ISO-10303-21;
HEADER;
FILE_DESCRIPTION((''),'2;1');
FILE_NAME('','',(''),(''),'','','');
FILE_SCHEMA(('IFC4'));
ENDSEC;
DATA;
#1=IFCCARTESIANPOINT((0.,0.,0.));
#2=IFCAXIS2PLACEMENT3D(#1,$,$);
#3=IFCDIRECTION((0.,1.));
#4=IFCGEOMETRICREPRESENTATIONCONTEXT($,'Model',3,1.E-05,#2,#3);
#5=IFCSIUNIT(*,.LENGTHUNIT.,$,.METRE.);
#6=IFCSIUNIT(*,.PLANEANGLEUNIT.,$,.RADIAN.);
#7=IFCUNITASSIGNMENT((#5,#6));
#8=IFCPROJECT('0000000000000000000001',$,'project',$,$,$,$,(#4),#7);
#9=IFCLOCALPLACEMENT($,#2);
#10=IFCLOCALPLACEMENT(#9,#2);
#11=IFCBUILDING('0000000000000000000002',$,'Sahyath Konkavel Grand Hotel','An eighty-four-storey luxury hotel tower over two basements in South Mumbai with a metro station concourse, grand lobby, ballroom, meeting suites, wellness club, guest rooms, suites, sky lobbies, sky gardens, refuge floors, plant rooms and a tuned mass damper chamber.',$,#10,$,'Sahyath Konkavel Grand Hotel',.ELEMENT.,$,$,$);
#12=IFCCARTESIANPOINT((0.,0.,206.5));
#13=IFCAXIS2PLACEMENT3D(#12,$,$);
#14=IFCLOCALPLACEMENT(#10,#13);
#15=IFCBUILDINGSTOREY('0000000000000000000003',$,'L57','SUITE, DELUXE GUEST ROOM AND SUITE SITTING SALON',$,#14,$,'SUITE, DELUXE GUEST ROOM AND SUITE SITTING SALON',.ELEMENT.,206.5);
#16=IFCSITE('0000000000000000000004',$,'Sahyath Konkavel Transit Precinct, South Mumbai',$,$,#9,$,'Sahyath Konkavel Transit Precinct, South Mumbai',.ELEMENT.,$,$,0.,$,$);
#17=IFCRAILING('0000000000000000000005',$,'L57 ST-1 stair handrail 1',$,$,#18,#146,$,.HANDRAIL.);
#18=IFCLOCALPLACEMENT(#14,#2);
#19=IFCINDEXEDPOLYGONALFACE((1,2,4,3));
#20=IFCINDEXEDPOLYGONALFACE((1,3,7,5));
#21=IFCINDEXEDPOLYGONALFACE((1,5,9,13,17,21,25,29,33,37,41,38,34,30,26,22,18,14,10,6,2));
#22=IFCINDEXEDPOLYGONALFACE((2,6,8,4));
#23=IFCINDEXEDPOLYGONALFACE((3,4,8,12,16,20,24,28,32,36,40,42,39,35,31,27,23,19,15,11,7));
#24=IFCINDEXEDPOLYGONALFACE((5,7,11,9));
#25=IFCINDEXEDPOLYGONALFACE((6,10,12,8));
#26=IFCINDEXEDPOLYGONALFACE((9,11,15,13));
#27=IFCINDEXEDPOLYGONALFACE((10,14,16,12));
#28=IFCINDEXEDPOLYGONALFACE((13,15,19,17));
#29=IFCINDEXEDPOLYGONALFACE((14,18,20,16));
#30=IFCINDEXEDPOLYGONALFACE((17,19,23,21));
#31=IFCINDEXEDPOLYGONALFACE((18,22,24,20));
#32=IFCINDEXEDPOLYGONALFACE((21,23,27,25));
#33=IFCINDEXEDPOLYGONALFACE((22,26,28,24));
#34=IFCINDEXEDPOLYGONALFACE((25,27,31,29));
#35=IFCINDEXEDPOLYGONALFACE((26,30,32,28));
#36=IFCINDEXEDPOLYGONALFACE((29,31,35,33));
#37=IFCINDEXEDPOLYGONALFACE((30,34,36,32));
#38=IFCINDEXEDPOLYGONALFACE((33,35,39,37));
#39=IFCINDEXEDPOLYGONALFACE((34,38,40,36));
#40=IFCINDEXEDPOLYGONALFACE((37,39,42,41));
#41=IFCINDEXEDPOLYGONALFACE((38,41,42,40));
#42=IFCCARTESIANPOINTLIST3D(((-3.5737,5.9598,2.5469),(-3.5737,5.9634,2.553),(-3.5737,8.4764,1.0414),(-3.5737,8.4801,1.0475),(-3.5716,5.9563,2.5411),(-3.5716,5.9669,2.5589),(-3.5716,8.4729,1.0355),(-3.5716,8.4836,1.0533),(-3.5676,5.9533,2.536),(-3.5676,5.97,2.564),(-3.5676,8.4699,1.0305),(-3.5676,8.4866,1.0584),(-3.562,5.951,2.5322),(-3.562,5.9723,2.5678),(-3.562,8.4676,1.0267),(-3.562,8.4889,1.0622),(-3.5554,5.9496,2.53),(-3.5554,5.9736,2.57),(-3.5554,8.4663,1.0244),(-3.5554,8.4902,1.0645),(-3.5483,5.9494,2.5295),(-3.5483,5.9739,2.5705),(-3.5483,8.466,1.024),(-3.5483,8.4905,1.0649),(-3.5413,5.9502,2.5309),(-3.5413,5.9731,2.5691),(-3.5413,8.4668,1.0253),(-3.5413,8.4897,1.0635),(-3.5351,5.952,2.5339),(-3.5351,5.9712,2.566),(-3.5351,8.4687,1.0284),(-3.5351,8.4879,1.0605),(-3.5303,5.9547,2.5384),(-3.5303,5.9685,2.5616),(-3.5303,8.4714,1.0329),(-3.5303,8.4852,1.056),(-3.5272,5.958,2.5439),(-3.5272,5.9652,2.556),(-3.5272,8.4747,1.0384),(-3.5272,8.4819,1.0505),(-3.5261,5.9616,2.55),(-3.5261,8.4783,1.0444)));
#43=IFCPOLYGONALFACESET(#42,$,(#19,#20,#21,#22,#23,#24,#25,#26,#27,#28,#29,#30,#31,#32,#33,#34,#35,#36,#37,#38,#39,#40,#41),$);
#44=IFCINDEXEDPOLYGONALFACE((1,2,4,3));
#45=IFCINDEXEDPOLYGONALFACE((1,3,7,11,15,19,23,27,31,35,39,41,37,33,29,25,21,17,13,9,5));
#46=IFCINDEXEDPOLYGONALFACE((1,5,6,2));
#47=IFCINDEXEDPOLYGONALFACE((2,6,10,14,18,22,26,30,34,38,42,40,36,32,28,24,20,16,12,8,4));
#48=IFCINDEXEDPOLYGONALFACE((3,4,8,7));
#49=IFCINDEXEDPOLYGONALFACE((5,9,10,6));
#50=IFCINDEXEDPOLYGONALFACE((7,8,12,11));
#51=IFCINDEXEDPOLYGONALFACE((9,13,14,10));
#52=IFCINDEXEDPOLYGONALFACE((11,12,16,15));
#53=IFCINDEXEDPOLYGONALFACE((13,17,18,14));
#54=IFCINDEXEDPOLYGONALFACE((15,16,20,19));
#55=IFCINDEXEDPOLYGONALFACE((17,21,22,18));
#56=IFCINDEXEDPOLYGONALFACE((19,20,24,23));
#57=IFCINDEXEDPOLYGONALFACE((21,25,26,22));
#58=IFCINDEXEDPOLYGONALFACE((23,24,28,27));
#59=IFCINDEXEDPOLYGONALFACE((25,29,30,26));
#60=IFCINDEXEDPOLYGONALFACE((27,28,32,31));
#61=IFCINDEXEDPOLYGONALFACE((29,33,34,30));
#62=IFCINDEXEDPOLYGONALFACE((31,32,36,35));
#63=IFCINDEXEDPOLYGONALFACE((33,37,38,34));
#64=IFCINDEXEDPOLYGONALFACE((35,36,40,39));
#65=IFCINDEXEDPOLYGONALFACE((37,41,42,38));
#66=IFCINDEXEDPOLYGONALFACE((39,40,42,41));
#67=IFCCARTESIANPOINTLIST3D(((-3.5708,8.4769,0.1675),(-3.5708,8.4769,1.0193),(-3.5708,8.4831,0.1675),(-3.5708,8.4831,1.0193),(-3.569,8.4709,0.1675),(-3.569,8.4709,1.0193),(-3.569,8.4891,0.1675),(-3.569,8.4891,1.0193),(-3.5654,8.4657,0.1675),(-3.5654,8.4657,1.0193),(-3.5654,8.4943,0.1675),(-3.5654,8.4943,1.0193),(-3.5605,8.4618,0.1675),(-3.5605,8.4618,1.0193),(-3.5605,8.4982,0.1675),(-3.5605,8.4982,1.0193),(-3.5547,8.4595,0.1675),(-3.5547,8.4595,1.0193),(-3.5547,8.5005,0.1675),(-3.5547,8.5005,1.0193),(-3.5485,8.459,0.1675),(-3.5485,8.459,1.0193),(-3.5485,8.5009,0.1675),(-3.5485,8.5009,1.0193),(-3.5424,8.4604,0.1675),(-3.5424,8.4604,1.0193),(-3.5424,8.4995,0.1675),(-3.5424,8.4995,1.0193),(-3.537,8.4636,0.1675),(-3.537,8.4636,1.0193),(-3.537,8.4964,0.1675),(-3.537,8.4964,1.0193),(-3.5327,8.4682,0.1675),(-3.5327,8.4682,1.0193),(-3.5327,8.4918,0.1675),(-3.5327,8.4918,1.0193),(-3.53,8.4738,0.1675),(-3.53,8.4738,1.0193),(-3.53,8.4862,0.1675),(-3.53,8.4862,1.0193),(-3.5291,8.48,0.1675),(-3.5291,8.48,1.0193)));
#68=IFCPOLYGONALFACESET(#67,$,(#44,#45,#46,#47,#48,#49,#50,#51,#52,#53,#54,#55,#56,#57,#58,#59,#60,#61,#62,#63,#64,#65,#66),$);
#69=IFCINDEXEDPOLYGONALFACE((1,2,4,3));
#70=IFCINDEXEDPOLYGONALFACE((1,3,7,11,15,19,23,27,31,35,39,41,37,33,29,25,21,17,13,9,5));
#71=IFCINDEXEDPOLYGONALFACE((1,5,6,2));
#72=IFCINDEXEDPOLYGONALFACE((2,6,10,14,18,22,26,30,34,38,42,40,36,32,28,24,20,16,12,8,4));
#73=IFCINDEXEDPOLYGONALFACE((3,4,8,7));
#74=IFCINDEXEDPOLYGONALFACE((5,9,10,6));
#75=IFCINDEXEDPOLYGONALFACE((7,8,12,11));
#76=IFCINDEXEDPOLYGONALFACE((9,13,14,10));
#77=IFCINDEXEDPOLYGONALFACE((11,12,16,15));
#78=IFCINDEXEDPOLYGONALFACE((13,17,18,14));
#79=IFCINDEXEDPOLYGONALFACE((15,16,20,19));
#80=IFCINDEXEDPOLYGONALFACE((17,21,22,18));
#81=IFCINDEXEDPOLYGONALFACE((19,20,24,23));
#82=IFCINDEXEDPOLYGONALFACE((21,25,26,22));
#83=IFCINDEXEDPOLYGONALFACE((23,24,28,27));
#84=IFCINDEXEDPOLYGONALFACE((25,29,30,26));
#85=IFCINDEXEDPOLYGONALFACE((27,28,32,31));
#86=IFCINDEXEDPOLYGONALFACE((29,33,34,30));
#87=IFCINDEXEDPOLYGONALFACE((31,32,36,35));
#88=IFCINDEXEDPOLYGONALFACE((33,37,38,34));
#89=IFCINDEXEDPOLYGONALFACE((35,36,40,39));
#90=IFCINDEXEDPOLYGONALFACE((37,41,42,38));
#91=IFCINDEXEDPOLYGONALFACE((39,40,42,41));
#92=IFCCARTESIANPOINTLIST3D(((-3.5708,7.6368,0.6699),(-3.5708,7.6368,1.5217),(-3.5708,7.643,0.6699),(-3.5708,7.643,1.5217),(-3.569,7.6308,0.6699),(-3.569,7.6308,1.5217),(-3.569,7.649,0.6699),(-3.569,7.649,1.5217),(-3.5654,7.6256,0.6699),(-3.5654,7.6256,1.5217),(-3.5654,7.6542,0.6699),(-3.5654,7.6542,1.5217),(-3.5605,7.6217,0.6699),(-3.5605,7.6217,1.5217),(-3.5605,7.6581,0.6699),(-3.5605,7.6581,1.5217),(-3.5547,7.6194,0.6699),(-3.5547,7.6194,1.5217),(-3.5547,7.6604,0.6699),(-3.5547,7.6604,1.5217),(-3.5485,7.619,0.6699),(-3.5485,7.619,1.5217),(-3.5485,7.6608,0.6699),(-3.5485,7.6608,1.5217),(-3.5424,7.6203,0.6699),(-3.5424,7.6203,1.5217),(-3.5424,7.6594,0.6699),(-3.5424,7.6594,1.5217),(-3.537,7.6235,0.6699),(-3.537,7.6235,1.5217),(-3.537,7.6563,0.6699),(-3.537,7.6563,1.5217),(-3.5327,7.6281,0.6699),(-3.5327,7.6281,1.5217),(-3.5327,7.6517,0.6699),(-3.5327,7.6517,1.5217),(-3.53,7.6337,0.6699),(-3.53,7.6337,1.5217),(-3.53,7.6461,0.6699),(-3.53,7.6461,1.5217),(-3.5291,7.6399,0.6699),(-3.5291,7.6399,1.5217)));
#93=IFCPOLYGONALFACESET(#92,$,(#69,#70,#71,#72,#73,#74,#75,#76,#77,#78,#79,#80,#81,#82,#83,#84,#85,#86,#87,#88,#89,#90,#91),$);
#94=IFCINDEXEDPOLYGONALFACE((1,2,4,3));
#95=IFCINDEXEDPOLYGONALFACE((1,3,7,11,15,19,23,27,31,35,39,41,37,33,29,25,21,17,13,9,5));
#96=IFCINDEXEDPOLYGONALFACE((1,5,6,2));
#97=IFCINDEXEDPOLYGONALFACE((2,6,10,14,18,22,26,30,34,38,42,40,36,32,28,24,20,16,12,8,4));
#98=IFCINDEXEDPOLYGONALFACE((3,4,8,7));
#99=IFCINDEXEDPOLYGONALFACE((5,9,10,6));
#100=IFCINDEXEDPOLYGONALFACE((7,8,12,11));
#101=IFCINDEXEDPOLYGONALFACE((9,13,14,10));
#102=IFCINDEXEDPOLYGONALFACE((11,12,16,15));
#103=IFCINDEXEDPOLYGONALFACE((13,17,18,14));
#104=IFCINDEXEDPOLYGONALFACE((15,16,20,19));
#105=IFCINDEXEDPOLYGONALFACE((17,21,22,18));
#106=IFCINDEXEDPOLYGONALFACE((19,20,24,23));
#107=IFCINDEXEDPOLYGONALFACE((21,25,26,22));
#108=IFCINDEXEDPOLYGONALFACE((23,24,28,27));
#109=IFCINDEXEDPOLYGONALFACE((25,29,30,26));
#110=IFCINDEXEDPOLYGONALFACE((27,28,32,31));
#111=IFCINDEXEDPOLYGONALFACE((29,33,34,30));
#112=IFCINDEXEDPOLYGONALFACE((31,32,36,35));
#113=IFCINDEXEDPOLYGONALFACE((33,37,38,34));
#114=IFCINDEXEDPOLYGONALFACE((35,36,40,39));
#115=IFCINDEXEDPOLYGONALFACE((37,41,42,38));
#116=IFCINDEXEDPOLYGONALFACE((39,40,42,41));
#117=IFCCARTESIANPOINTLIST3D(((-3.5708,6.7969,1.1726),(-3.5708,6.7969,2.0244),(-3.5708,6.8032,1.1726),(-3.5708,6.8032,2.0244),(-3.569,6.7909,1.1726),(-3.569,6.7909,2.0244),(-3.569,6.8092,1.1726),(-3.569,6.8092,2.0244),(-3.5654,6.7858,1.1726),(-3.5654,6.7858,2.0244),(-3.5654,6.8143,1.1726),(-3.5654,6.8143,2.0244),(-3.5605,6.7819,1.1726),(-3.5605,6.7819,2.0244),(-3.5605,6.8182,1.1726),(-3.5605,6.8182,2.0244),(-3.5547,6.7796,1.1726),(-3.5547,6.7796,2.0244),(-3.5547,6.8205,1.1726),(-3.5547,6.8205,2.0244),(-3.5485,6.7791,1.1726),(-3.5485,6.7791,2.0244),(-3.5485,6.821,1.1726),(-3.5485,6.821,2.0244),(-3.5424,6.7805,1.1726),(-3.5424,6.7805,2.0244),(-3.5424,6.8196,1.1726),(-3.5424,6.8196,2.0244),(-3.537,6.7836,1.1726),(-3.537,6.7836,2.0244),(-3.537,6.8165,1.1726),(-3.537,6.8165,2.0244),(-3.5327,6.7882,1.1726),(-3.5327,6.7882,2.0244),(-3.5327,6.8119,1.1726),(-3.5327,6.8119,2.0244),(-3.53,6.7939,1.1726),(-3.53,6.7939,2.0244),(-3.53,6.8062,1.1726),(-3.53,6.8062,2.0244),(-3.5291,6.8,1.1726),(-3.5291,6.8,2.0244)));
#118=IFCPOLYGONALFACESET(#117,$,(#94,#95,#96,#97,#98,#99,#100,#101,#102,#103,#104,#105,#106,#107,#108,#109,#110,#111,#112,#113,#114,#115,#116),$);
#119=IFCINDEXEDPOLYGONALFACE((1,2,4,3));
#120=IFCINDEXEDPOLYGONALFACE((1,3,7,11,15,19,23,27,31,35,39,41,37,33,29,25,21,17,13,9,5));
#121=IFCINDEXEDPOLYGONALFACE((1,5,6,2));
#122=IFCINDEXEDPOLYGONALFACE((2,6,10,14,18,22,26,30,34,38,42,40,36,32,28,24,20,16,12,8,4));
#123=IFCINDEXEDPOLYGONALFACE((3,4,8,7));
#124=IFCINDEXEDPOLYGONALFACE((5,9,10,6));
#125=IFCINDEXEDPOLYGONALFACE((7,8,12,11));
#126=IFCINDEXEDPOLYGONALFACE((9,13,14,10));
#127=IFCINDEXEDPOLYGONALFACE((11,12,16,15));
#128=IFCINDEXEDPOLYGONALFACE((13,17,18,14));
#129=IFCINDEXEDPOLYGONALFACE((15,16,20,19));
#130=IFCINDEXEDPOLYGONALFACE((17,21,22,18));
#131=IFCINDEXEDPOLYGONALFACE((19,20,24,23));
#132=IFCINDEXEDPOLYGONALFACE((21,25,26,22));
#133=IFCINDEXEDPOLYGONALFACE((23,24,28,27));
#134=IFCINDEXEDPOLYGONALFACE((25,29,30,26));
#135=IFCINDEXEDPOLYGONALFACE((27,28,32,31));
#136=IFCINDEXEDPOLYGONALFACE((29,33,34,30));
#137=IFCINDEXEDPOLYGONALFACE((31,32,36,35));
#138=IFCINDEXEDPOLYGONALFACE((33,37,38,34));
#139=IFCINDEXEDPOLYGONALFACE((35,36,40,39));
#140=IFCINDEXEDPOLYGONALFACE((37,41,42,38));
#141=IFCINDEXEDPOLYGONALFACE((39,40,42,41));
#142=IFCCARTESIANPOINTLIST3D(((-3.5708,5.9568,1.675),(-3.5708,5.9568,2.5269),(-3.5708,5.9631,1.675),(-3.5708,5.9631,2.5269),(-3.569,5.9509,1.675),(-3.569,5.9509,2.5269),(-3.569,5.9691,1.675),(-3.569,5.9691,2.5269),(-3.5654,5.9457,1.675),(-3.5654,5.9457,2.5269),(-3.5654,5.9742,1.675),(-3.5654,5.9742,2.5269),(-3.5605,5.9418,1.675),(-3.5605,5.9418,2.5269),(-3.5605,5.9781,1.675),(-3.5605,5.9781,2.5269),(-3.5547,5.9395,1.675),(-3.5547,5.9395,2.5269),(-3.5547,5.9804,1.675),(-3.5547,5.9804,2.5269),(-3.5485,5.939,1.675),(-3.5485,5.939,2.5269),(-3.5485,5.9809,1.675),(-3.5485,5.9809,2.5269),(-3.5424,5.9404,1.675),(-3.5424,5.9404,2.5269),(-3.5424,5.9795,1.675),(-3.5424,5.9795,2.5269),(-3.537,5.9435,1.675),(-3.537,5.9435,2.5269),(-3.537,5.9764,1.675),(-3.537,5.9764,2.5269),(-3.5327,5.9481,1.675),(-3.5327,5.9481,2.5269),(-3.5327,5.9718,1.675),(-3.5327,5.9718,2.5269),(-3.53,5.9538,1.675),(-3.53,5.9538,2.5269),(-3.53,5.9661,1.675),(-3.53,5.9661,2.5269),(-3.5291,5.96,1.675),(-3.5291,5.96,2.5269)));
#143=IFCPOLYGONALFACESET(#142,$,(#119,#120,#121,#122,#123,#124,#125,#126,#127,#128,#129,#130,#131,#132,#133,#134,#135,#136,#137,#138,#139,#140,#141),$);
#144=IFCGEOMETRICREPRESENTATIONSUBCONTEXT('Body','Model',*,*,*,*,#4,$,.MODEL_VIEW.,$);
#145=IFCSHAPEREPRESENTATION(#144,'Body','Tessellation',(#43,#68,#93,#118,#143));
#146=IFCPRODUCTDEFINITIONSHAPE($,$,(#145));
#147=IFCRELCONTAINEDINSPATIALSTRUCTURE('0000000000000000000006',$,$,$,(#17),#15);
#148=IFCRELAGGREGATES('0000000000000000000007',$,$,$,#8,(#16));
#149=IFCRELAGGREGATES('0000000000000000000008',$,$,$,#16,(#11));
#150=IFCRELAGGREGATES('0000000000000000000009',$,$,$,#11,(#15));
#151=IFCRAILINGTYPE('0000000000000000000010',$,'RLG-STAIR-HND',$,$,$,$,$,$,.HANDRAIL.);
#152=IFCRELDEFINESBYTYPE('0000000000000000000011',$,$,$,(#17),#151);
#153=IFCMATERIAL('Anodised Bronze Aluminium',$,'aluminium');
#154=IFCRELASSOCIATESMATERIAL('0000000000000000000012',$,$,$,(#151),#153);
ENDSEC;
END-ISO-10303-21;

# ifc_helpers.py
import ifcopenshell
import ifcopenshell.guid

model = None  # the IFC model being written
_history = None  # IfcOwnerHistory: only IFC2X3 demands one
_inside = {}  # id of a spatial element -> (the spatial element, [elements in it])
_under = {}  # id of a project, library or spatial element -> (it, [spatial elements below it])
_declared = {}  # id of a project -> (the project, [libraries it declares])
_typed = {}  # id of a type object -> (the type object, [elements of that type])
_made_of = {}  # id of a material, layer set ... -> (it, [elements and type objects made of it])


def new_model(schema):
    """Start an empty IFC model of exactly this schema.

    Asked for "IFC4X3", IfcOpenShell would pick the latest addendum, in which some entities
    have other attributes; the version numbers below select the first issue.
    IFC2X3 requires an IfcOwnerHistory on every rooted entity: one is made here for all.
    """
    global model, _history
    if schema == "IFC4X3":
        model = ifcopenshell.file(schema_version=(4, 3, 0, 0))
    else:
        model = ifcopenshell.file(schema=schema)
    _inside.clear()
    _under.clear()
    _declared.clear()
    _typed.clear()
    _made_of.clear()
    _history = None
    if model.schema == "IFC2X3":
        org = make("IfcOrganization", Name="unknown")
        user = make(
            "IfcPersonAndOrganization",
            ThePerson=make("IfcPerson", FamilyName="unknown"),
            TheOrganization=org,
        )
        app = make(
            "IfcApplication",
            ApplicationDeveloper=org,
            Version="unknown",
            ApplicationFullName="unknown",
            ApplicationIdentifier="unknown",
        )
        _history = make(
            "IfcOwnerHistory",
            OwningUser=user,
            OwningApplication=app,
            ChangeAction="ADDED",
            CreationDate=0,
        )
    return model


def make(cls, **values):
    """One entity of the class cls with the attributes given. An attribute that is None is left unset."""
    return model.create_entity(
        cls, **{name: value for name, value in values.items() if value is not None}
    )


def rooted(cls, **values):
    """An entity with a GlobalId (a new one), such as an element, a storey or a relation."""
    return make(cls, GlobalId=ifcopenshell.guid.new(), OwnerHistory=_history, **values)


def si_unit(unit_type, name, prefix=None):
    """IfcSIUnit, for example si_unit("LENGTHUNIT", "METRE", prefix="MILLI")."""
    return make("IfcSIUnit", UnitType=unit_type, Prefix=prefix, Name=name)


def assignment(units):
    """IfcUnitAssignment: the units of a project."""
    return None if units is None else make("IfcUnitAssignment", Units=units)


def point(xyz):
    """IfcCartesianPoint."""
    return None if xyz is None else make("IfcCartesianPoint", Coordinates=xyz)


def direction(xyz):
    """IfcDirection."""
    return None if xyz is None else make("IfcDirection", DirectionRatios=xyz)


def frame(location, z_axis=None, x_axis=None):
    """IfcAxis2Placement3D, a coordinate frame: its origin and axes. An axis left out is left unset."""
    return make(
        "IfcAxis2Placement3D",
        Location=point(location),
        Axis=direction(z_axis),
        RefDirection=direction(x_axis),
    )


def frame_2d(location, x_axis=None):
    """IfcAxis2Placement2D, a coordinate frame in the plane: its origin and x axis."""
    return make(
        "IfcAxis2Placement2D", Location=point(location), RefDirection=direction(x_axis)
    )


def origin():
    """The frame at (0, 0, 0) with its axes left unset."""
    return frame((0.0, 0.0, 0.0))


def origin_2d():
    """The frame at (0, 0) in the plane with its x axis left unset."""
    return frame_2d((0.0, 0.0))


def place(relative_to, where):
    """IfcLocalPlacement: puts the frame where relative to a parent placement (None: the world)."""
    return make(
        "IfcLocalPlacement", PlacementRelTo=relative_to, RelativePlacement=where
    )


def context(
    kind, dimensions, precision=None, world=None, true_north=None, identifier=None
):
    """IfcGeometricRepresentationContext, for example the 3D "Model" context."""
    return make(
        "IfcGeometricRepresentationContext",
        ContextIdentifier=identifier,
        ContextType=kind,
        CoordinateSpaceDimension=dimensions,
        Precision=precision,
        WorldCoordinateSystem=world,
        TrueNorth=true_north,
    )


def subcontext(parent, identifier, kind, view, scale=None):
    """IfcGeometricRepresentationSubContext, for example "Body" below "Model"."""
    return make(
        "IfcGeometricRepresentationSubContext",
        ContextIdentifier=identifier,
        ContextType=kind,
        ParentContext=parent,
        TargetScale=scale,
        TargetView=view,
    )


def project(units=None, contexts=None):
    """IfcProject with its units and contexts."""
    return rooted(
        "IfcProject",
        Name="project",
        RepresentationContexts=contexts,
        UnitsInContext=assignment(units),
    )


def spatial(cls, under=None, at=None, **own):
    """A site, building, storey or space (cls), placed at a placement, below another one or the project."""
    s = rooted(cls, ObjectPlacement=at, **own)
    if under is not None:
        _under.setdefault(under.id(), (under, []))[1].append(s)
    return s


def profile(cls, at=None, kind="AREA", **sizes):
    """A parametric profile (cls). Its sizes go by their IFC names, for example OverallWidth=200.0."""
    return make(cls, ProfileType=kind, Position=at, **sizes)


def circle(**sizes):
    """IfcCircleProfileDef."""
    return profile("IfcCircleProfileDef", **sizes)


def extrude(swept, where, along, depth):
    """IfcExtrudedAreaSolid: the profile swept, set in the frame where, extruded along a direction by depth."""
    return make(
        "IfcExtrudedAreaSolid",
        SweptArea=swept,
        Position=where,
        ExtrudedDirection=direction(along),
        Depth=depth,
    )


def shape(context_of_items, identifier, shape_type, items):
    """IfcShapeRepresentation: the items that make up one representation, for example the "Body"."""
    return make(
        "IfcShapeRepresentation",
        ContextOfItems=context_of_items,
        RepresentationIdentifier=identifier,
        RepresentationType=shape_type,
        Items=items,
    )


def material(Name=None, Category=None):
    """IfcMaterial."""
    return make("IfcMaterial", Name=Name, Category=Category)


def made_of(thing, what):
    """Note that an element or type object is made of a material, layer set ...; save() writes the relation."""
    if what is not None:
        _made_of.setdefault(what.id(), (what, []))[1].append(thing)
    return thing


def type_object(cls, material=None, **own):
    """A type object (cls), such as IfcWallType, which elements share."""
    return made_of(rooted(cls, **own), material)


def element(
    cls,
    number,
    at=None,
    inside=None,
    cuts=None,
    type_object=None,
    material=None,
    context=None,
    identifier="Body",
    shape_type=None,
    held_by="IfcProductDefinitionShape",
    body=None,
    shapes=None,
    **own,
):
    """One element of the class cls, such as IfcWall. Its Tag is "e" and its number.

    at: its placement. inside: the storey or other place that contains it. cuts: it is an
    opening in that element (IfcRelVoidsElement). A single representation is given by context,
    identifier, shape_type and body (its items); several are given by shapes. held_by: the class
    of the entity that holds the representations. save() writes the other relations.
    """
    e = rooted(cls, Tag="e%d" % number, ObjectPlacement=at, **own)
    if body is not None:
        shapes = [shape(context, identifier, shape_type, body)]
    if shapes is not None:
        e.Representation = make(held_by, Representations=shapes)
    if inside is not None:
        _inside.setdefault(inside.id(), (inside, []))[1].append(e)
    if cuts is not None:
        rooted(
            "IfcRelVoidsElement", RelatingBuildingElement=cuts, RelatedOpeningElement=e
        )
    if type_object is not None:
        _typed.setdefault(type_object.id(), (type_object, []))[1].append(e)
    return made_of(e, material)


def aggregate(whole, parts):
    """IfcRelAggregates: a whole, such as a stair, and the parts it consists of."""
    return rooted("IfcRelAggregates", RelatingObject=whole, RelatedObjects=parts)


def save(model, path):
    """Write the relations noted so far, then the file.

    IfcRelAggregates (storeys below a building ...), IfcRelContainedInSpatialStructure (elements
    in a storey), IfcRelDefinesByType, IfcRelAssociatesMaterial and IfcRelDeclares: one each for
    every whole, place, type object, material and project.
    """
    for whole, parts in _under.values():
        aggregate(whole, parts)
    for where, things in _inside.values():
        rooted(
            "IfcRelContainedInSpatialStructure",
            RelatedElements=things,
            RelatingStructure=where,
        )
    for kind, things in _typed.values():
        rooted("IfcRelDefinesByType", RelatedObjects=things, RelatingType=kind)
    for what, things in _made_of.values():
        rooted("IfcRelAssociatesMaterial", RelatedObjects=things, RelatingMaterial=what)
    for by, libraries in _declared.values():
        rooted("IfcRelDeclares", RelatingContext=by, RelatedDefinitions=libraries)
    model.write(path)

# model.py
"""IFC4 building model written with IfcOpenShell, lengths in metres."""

from ifc_helpers import new_model, si_unit, direction, frame, origin, origin_2d, place, context, subcontext, project, spatial, circle, extrude, material, type_object, element, save


model = new_model("IFC4")

# Units and contexts
model_context = context("Model", 3, precision=1e-05, world=origin(), true_north=direction((0.0, 1.0)))
body_context = subcontext(model_context, "Body", "Model", "MODEL_VIEW")
ifc_project = project(units=[si_unit("LENGTHUNIT", "METRE"), si_unit("PLANEANGLEUNIT", "RADIAN")], contexts=[model_context])

# Site, building, storey
site_placement = place(None, origin())
site = spatial("IfcSite", under=ifc_project, at=site_placement, Name="Sahyath Konkavel Transit Precinct, South Mumbai", LongName="Sahyath Konkavel Transit Precinct, South Mumbai", CompositionType="ELEMENT", RefElevation=0.0)
building_placement = place(site_placement, origin())
building = spatial("IfcBuilding", under=site, at=building_placement, Name="Sahyath Konkavel Grand Hotel", Description="An eighty-four-storey luxury hotel tower over two basements in South Mumbai with a metro station concourse, grand lobby, ballroom, meeting suites, wellness club, guest rooms, suites, sky lobbies, sky gardens, refuge floors, plant rooms and a tuned mass damper chamber.", LongName="Sahyath Konkavel Grand Hotel", CompositionType="ELEMENT")
storey_placement = place(building_placement, frame((0.0, 0.0, 206.5)))
storey = spatial("IfcBuildingStorey", under=building, at=storey_placement, Name="L57", Description="SUITE, DELUXE GUEST ROOM AND SUITE SITTING SALON", LongName="SUITE, DELUXE GUEST ROOM AND SUITE SITTING SALON", CompositionType="ELEMENT", Elevation=206.5)

# Shared definitions
ifc_material_1 = material(Name="Anodised Bronze Aluminium", Category="aluminium")

# Railing
railing_type_1 = type_object("IfcRailingType", Name="RLG-STAIR-HND", PredefinedType="HANDRAIL", material=ifc_material_1)
railing_1_placement = place(storey_placement, frame((-3.55, 8.48, 0.1675)))
element("IfcRailing", 1, at=railing_1_placement, inside=storey, type_object=railing_type_1, Name="L57 ST-1 stair handrail 1", PredefinedType="HANDRAIL", context=body_context, shape_type="SweptSolid", body=[
    extrude(circle(Radius=0.0239, at=origin_2d()), frame((0.0, -0.0017, 0.877), z_axis=(0.0, -0.85816, 0.513383), x_axis=(1.0, 0.0, 0.0)), (0.0, 0.0, 1.0), 2.9326),
    extrude(circle(Radius=0.021, at=origin_2d()), origin(), (0.0, 0.0, 1.0), 0.8518),
    extrude(circle(Radius=0.021, at=origin_2d()), frame((0.0, -0.8401, 0.5024)), (0.0, 0.0, 1.0), 0.8518),
    extrude(circle(Radius=0.021, at=origin_2d()), frame((0.0, -1.6799, 1.0051)), (0.0, 0.0, 1.0), 0.8518),
    extrude(circle(Radius=0.021, at=origin_2d()), frame((0.0, -2.52, 1.5076)), (0.0, 0.0, 1.0), 0.8518),
])

save(model, "model.ifc")
